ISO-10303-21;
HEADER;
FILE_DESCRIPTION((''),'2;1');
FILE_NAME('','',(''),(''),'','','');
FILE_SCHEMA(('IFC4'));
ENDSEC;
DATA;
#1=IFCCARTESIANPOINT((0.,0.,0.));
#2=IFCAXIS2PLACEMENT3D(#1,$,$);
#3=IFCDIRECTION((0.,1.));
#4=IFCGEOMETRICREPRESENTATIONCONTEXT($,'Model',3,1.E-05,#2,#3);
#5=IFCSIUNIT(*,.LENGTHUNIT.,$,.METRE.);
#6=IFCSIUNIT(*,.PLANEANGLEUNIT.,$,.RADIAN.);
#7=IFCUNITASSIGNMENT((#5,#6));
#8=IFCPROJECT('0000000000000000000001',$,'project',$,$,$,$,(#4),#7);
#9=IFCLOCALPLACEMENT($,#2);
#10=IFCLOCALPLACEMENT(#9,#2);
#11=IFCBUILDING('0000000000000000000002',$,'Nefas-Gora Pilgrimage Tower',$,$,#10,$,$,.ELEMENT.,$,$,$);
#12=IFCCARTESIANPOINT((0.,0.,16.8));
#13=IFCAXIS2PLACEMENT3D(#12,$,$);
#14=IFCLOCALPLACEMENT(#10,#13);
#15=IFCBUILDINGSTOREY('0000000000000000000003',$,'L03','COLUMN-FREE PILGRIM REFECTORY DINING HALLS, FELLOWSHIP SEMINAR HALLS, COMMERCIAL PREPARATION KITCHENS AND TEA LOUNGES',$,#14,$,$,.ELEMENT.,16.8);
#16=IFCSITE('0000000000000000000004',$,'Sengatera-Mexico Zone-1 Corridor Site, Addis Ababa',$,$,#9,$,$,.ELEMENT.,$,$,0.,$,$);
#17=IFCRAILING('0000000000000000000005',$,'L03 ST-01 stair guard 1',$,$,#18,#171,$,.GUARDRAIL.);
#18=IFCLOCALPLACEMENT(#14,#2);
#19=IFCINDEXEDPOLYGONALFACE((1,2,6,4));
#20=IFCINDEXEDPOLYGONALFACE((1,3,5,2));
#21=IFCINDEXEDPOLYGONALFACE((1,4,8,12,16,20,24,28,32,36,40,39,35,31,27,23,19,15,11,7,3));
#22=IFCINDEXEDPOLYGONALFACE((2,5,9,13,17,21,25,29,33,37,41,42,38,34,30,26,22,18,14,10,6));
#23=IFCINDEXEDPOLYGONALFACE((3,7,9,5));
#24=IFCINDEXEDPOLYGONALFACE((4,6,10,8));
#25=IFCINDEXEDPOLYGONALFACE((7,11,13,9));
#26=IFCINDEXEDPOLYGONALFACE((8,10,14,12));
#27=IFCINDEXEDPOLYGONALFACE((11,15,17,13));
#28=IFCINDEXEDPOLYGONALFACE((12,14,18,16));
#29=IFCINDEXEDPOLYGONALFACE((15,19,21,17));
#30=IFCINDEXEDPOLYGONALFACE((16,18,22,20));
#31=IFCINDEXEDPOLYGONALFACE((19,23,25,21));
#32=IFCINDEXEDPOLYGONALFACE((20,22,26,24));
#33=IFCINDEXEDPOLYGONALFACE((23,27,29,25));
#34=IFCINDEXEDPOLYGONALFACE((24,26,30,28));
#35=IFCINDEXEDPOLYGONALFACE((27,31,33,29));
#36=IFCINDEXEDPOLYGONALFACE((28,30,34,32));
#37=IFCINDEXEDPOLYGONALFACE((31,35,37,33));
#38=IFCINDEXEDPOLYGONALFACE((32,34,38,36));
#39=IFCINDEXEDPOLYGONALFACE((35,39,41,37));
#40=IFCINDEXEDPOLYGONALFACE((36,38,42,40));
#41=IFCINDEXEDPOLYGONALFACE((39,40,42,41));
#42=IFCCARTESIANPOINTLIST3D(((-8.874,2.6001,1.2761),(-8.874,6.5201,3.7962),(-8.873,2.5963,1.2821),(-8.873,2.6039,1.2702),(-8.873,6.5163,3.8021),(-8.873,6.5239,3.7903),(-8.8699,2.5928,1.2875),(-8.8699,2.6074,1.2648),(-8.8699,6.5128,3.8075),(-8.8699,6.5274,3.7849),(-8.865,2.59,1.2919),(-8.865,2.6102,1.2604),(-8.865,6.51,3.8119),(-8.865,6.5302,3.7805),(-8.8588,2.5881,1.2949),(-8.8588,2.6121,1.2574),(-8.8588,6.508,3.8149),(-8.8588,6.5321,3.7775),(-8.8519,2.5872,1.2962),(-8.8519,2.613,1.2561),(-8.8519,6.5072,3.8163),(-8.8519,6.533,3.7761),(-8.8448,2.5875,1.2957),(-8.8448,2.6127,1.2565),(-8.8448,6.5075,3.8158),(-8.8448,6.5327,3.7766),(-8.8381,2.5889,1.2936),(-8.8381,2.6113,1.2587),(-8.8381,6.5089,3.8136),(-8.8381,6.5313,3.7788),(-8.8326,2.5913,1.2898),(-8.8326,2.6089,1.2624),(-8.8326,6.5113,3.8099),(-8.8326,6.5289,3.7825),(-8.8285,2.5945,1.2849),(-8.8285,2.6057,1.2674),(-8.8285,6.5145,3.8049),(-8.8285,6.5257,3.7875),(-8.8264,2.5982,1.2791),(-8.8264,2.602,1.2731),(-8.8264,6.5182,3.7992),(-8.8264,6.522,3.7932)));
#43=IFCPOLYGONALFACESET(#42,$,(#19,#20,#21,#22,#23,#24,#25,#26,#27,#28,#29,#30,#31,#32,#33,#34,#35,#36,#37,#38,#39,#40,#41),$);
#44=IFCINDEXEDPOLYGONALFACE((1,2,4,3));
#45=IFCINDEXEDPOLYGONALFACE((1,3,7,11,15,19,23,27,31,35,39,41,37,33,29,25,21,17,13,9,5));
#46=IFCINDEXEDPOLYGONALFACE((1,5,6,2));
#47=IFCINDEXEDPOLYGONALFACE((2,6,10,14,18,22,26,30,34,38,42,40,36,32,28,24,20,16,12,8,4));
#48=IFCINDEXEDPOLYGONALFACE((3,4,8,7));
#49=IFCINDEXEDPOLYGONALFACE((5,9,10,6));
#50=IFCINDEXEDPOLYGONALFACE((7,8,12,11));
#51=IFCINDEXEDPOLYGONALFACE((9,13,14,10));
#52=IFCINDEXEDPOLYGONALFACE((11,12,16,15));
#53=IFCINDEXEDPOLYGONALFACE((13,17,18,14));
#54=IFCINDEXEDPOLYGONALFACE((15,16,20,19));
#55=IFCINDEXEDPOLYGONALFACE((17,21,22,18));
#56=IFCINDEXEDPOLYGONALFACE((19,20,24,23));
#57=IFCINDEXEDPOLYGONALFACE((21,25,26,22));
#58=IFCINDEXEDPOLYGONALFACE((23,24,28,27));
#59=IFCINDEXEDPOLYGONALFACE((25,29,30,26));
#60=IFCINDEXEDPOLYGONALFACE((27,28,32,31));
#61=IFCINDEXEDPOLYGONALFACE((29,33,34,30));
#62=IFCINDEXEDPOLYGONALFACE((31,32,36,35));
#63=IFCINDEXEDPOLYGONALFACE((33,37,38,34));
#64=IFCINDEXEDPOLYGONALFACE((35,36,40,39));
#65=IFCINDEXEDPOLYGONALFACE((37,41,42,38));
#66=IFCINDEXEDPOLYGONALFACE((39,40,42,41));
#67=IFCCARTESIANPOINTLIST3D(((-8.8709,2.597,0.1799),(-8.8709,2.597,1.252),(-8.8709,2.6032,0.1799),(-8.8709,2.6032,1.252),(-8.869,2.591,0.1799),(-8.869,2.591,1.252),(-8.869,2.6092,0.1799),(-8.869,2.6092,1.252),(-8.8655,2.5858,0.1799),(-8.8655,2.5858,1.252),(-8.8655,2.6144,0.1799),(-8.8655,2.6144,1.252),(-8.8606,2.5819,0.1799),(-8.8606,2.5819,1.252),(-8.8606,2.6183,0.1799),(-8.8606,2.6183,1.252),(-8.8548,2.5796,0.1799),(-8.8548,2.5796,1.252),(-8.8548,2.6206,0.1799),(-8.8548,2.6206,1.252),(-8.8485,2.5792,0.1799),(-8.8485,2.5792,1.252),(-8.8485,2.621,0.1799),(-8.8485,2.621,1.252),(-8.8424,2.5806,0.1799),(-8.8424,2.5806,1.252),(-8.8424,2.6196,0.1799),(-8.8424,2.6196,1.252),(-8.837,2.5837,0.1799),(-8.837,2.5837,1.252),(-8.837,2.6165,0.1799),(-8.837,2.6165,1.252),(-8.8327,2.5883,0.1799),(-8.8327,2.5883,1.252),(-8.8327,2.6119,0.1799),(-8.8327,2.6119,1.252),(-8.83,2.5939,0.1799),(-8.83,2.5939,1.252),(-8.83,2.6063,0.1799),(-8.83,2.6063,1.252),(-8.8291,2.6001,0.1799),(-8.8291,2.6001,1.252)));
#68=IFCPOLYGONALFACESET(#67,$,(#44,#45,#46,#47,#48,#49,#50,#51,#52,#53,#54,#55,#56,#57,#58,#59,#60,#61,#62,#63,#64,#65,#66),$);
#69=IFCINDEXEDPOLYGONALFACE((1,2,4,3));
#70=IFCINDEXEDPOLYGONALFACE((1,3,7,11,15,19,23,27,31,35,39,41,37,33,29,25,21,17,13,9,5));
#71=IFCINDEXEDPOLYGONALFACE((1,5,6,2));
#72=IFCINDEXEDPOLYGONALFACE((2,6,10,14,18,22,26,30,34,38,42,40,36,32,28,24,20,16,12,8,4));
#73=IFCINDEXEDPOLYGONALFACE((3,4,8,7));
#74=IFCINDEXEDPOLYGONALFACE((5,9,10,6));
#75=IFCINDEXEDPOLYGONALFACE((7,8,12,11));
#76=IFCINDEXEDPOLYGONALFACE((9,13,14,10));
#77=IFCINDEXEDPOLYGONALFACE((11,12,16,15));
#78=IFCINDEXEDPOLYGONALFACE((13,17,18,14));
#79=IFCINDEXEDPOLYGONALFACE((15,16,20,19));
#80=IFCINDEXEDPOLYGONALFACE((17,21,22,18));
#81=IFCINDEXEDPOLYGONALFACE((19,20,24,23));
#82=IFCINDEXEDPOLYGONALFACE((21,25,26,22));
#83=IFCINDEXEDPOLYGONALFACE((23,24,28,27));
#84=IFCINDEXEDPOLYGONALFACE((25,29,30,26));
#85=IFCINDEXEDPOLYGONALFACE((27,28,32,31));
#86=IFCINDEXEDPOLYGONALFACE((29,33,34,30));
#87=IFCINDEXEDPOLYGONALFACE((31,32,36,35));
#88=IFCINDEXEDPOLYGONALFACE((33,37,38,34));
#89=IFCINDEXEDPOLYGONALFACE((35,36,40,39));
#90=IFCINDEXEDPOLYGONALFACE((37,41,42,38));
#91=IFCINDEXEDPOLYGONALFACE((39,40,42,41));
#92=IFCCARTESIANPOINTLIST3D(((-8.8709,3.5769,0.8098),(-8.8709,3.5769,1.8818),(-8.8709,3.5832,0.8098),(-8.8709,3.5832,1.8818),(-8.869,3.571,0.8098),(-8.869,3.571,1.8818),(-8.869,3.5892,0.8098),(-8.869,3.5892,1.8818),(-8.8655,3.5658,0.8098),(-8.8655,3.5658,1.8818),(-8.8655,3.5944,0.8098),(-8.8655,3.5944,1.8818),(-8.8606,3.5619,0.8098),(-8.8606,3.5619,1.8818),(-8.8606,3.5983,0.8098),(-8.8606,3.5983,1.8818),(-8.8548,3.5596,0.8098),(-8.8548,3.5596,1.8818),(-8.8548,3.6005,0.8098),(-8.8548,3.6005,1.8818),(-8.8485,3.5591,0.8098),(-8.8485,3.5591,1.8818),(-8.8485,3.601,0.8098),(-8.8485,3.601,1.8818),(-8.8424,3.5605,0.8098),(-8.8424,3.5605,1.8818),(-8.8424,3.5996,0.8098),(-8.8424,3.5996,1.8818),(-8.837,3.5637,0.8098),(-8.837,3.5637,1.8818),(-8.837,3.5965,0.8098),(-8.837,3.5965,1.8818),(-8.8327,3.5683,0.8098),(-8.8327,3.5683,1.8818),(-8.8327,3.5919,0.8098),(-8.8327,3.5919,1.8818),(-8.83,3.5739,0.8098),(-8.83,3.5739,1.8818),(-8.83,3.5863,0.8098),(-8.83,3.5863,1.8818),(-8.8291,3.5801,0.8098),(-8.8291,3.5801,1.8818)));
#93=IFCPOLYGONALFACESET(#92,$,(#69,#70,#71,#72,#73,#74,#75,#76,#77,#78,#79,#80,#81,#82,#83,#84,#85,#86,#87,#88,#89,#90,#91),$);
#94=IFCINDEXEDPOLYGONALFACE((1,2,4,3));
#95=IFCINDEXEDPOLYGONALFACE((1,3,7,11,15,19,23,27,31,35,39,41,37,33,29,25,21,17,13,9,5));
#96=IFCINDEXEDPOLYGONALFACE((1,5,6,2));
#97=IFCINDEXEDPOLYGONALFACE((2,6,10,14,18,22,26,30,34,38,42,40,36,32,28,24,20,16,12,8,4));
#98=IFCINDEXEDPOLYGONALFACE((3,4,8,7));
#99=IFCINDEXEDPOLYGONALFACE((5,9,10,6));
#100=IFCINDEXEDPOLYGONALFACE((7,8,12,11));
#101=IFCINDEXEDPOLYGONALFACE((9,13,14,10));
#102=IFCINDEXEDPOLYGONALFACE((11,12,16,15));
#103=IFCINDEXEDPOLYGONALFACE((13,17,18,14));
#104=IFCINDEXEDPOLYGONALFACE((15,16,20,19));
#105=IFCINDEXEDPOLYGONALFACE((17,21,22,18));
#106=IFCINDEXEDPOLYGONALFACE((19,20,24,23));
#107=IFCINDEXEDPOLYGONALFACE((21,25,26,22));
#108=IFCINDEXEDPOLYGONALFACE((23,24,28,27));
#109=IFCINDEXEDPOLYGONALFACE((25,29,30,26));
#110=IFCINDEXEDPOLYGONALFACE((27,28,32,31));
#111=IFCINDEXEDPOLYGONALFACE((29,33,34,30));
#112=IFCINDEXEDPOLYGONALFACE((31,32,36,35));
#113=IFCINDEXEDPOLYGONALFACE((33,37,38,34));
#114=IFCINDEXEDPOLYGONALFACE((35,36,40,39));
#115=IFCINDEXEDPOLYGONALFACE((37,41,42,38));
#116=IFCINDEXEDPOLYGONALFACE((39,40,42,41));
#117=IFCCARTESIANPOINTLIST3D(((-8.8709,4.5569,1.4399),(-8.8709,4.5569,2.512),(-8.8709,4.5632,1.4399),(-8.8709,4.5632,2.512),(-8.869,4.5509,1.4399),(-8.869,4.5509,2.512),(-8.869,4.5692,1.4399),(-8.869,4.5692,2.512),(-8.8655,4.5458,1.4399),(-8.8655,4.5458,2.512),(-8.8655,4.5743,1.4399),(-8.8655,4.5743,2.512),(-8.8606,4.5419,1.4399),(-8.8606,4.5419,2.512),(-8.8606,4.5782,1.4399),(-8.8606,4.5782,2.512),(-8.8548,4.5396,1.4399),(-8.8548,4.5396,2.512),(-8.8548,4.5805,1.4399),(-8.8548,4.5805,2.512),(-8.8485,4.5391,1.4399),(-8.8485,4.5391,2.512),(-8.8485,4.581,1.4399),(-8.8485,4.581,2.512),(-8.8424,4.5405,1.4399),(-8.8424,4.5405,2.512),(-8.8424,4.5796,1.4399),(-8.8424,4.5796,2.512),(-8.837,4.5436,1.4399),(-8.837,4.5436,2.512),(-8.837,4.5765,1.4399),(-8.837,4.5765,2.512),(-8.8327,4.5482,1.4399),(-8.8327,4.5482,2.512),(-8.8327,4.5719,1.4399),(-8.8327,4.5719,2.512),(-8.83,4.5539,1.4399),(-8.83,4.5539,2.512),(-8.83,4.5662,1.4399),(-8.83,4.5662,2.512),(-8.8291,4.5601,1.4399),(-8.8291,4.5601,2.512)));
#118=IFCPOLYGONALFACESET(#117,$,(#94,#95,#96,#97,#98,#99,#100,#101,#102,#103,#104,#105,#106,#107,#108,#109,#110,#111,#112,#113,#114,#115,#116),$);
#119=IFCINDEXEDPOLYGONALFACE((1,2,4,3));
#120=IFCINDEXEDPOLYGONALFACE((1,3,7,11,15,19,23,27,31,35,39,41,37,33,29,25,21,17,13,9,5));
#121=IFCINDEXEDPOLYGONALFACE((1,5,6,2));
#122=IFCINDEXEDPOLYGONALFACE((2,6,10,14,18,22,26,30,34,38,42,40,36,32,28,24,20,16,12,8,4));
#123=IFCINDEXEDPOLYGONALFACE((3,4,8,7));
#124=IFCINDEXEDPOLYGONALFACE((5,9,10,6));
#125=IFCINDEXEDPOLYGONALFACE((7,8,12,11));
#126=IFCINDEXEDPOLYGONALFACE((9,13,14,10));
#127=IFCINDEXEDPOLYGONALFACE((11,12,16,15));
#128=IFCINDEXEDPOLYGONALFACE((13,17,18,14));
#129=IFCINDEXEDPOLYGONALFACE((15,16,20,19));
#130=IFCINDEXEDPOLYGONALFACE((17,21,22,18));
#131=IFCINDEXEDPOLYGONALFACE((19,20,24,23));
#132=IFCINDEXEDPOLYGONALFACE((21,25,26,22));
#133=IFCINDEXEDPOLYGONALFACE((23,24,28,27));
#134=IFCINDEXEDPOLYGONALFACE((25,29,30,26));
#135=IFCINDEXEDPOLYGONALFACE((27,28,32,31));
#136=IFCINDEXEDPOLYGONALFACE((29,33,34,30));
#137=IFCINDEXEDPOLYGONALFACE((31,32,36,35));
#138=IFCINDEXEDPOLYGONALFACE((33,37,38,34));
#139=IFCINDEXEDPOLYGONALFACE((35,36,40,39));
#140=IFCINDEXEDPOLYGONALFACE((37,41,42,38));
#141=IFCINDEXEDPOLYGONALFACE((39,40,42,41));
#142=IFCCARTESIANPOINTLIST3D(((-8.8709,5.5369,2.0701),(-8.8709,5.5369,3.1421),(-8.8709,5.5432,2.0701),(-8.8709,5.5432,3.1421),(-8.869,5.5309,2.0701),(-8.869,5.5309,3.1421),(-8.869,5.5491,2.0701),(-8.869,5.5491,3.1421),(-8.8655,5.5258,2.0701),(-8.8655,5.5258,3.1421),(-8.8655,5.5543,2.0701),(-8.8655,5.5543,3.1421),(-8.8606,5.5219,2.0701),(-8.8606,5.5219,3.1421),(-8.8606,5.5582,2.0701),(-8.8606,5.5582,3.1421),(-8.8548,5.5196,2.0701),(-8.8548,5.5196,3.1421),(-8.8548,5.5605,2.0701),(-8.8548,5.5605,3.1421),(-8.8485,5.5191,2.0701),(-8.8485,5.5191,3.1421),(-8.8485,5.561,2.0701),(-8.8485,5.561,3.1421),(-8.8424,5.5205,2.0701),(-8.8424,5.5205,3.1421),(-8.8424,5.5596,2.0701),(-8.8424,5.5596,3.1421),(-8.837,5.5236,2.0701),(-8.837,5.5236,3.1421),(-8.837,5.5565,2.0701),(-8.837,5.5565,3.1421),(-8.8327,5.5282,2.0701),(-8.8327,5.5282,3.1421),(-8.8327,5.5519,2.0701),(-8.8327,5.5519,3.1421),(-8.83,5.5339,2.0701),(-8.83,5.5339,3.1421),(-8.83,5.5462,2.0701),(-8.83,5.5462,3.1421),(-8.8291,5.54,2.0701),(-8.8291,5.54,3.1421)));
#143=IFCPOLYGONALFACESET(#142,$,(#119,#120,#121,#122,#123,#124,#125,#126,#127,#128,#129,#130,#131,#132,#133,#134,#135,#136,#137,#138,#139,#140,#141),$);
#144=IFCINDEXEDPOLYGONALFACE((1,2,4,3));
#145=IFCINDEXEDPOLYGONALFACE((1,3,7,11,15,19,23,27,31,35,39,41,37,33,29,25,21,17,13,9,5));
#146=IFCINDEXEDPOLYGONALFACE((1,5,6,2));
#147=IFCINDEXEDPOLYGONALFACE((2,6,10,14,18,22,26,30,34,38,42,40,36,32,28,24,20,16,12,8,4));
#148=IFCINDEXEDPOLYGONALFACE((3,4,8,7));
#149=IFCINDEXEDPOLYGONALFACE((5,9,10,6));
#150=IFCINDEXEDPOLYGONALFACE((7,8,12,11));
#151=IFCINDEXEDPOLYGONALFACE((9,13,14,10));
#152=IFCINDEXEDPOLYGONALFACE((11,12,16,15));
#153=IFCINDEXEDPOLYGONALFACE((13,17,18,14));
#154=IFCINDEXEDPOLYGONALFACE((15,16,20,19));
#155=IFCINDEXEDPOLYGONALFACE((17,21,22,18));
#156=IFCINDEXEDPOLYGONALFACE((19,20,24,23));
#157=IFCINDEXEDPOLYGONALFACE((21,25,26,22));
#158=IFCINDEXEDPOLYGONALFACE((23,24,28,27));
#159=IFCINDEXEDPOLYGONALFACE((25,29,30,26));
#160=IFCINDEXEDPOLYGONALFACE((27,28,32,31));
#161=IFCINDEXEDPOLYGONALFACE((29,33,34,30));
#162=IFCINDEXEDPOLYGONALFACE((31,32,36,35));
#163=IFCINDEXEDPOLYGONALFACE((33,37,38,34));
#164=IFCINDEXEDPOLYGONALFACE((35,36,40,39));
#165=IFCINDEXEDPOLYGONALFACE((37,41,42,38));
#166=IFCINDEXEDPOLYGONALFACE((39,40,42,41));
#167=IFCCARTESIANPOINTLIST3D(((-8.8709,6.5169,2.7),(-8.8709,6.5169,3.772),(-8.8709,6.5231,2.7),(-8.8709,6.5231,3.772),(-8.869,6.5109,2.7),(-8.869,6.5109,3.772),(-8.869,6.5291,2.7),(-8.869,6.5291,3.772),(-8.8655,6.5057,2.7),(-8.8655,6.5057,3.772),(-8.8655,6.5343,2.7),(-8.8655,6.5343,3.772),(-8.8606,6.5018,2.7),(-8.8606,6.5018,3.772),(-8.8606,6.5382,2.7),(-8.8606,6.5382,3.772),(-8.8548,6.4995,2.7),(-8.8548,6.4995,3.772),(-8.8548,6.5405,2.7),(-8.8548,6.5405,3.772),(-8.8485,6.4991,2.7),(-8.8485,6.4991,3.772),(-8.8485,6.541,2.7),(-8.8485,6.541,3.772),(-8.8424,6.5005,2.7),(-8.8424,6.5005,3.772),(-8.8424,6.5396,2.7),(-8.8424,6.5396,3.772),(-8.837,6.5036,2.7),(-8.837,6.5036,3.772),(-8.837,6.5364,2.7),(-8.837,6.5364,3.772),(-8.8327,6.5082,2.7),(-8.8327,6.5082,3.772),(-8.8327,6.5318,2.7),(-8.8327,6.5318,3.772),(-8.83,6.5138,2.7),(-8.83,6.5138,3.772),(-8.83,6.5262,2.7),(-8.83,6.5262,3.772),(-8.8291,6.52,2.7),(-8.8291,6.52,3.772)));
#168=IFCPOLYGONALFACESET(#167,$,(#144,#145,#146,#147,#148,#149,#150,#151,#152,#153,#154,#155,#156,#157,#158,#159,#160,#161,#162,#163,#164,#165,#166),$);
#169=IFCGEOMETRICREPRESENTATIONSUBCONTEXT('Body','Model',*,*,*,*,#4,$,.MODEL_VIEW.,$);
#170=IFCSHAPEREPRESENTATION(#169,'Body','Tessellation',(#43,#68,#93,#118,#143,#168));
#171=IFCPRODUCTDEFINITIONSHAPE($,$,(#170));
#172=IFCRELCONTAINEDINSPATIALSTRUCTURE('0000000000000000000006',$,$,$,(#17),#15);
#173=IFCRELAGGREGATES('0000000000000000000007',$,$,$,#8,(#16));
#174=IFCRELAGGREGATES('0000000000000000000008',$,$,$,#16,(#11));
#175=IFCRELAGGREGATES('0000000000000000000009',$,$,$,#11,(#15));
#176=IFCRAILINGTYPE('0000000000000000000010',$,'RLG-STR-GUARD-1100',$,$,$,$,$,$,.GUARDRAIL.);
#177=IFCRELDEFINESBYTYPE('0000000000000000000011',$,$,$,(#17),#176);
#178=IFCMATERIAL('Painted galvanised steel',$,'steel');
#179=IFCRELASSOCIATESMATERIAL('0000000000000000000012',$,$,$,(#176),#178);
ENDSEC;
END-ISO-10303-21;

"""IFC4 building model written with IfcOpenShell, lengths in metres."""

from ifc_helpers import new_model, si_unit, direction, frame, origin, origin_2d, place, context, subcontext, project, spatial, circle, extrude, material, type_object, element, save


model = new_model("IFC4")

# Units and contexts
model_context = context("Model", 3, precision=1e-05, world=origin(), true_north=direction((0.0, 1.0)))
body_context = subcontext(model_context, "Body", "Model", "MODEL_VIEW")
ifc_project = project(units=[si_unit("LENGTHUNIT", "METRE"), si_unit("PLANEANGLEUNIT", "RADIAN")], contexts=[model_context])

# Site, building, storey
site_placement = place(None, origin())
site = spatial("IfcSite", under=ifc_project, at=site_placement, Name="Sengatera-Mexico Zone-1 Corridor Site, Addis Ababa", CompositionType="ELEMENT", RefElevation=0.0)
building_placement = place(site_placement, origin())
building = spatial("IfcBuilding", under=site, at=building_placement, Name="Nefas-Gora Pilgrimage Tower", CompositionType="ELEMENT")
storey_placement = place(building_placement, frame((0.0, 0.0, 16.8)))
storey = spatial("IfcBuildingStorey", under=building, at=storey_placement, Name="L03", Description="COLUMN-FREE PILGRIM REFECTORY DINING HALLS, FELLOWSHIP SEMINAR HALLS, COMMERCIAL PREPARATION KITCHENS AND TEA LOUNGES", CompositionType="ELEMENT", Elevation=16.8)

# Railing
ifc_material_1 = material(Name="Painted galvanised steel", Category="steel")
railing_type_1 = type_object("IfcRailingType", Name="RLG-STR-GUARD-1100", PredefinedType="GUARDRAIL", material=ifc_material_1)
railing_1_placement = place(storey_placement, frame((-8.8501, 2.6001, 0.1799)))
element("IfcRailing", 1, at=railing_1_placement, inside=storey, type_object=railing_type_1, Name="L03 ST-01 stair guard 1", PredefinedType="GUARDRAIL", context=body_context, shape_type="SweptSolid", body=[
    extrude(circle(Radius=0.0239, at=origin_2d()), frame((0.0, 0.0, 1.0962), z_axis=(0.0, 0.841172, 0.540768), x_axis=(-1.0, 0.0, 0.0)), (0.0, 0.0, 1.0), 4.6602),
    extrude(circle(Radius=0.021, at=origin_2d()), origin(), (0.0, 0.0, 1.0), 1.072),
    extrude(circle(Radius=0.021, at=origin_2d()), frame((0.0, 0.98, 0.6299)), (0.0, 0.0, 1.0), 1.072),
    extrude(circle(Radius=0.021, at=origin_2d()), frame((0.0, 1.96, 1.26)), (0.0, 0.0, 1.0), 1.072),
    extrude(circle(Radius=0.021, at=origin_2d()), frame((0.0, 2.9399, 1.8901)), (0.0, 0.0, 1.0), 1.072),
    extrude(circle(Radius=0.021, at=origin_2d()), frame((0.0, 3.9199, 2.52)), (0.0, 0.0, 1.0), 1.072),
])

save(model, "model.ifc")
